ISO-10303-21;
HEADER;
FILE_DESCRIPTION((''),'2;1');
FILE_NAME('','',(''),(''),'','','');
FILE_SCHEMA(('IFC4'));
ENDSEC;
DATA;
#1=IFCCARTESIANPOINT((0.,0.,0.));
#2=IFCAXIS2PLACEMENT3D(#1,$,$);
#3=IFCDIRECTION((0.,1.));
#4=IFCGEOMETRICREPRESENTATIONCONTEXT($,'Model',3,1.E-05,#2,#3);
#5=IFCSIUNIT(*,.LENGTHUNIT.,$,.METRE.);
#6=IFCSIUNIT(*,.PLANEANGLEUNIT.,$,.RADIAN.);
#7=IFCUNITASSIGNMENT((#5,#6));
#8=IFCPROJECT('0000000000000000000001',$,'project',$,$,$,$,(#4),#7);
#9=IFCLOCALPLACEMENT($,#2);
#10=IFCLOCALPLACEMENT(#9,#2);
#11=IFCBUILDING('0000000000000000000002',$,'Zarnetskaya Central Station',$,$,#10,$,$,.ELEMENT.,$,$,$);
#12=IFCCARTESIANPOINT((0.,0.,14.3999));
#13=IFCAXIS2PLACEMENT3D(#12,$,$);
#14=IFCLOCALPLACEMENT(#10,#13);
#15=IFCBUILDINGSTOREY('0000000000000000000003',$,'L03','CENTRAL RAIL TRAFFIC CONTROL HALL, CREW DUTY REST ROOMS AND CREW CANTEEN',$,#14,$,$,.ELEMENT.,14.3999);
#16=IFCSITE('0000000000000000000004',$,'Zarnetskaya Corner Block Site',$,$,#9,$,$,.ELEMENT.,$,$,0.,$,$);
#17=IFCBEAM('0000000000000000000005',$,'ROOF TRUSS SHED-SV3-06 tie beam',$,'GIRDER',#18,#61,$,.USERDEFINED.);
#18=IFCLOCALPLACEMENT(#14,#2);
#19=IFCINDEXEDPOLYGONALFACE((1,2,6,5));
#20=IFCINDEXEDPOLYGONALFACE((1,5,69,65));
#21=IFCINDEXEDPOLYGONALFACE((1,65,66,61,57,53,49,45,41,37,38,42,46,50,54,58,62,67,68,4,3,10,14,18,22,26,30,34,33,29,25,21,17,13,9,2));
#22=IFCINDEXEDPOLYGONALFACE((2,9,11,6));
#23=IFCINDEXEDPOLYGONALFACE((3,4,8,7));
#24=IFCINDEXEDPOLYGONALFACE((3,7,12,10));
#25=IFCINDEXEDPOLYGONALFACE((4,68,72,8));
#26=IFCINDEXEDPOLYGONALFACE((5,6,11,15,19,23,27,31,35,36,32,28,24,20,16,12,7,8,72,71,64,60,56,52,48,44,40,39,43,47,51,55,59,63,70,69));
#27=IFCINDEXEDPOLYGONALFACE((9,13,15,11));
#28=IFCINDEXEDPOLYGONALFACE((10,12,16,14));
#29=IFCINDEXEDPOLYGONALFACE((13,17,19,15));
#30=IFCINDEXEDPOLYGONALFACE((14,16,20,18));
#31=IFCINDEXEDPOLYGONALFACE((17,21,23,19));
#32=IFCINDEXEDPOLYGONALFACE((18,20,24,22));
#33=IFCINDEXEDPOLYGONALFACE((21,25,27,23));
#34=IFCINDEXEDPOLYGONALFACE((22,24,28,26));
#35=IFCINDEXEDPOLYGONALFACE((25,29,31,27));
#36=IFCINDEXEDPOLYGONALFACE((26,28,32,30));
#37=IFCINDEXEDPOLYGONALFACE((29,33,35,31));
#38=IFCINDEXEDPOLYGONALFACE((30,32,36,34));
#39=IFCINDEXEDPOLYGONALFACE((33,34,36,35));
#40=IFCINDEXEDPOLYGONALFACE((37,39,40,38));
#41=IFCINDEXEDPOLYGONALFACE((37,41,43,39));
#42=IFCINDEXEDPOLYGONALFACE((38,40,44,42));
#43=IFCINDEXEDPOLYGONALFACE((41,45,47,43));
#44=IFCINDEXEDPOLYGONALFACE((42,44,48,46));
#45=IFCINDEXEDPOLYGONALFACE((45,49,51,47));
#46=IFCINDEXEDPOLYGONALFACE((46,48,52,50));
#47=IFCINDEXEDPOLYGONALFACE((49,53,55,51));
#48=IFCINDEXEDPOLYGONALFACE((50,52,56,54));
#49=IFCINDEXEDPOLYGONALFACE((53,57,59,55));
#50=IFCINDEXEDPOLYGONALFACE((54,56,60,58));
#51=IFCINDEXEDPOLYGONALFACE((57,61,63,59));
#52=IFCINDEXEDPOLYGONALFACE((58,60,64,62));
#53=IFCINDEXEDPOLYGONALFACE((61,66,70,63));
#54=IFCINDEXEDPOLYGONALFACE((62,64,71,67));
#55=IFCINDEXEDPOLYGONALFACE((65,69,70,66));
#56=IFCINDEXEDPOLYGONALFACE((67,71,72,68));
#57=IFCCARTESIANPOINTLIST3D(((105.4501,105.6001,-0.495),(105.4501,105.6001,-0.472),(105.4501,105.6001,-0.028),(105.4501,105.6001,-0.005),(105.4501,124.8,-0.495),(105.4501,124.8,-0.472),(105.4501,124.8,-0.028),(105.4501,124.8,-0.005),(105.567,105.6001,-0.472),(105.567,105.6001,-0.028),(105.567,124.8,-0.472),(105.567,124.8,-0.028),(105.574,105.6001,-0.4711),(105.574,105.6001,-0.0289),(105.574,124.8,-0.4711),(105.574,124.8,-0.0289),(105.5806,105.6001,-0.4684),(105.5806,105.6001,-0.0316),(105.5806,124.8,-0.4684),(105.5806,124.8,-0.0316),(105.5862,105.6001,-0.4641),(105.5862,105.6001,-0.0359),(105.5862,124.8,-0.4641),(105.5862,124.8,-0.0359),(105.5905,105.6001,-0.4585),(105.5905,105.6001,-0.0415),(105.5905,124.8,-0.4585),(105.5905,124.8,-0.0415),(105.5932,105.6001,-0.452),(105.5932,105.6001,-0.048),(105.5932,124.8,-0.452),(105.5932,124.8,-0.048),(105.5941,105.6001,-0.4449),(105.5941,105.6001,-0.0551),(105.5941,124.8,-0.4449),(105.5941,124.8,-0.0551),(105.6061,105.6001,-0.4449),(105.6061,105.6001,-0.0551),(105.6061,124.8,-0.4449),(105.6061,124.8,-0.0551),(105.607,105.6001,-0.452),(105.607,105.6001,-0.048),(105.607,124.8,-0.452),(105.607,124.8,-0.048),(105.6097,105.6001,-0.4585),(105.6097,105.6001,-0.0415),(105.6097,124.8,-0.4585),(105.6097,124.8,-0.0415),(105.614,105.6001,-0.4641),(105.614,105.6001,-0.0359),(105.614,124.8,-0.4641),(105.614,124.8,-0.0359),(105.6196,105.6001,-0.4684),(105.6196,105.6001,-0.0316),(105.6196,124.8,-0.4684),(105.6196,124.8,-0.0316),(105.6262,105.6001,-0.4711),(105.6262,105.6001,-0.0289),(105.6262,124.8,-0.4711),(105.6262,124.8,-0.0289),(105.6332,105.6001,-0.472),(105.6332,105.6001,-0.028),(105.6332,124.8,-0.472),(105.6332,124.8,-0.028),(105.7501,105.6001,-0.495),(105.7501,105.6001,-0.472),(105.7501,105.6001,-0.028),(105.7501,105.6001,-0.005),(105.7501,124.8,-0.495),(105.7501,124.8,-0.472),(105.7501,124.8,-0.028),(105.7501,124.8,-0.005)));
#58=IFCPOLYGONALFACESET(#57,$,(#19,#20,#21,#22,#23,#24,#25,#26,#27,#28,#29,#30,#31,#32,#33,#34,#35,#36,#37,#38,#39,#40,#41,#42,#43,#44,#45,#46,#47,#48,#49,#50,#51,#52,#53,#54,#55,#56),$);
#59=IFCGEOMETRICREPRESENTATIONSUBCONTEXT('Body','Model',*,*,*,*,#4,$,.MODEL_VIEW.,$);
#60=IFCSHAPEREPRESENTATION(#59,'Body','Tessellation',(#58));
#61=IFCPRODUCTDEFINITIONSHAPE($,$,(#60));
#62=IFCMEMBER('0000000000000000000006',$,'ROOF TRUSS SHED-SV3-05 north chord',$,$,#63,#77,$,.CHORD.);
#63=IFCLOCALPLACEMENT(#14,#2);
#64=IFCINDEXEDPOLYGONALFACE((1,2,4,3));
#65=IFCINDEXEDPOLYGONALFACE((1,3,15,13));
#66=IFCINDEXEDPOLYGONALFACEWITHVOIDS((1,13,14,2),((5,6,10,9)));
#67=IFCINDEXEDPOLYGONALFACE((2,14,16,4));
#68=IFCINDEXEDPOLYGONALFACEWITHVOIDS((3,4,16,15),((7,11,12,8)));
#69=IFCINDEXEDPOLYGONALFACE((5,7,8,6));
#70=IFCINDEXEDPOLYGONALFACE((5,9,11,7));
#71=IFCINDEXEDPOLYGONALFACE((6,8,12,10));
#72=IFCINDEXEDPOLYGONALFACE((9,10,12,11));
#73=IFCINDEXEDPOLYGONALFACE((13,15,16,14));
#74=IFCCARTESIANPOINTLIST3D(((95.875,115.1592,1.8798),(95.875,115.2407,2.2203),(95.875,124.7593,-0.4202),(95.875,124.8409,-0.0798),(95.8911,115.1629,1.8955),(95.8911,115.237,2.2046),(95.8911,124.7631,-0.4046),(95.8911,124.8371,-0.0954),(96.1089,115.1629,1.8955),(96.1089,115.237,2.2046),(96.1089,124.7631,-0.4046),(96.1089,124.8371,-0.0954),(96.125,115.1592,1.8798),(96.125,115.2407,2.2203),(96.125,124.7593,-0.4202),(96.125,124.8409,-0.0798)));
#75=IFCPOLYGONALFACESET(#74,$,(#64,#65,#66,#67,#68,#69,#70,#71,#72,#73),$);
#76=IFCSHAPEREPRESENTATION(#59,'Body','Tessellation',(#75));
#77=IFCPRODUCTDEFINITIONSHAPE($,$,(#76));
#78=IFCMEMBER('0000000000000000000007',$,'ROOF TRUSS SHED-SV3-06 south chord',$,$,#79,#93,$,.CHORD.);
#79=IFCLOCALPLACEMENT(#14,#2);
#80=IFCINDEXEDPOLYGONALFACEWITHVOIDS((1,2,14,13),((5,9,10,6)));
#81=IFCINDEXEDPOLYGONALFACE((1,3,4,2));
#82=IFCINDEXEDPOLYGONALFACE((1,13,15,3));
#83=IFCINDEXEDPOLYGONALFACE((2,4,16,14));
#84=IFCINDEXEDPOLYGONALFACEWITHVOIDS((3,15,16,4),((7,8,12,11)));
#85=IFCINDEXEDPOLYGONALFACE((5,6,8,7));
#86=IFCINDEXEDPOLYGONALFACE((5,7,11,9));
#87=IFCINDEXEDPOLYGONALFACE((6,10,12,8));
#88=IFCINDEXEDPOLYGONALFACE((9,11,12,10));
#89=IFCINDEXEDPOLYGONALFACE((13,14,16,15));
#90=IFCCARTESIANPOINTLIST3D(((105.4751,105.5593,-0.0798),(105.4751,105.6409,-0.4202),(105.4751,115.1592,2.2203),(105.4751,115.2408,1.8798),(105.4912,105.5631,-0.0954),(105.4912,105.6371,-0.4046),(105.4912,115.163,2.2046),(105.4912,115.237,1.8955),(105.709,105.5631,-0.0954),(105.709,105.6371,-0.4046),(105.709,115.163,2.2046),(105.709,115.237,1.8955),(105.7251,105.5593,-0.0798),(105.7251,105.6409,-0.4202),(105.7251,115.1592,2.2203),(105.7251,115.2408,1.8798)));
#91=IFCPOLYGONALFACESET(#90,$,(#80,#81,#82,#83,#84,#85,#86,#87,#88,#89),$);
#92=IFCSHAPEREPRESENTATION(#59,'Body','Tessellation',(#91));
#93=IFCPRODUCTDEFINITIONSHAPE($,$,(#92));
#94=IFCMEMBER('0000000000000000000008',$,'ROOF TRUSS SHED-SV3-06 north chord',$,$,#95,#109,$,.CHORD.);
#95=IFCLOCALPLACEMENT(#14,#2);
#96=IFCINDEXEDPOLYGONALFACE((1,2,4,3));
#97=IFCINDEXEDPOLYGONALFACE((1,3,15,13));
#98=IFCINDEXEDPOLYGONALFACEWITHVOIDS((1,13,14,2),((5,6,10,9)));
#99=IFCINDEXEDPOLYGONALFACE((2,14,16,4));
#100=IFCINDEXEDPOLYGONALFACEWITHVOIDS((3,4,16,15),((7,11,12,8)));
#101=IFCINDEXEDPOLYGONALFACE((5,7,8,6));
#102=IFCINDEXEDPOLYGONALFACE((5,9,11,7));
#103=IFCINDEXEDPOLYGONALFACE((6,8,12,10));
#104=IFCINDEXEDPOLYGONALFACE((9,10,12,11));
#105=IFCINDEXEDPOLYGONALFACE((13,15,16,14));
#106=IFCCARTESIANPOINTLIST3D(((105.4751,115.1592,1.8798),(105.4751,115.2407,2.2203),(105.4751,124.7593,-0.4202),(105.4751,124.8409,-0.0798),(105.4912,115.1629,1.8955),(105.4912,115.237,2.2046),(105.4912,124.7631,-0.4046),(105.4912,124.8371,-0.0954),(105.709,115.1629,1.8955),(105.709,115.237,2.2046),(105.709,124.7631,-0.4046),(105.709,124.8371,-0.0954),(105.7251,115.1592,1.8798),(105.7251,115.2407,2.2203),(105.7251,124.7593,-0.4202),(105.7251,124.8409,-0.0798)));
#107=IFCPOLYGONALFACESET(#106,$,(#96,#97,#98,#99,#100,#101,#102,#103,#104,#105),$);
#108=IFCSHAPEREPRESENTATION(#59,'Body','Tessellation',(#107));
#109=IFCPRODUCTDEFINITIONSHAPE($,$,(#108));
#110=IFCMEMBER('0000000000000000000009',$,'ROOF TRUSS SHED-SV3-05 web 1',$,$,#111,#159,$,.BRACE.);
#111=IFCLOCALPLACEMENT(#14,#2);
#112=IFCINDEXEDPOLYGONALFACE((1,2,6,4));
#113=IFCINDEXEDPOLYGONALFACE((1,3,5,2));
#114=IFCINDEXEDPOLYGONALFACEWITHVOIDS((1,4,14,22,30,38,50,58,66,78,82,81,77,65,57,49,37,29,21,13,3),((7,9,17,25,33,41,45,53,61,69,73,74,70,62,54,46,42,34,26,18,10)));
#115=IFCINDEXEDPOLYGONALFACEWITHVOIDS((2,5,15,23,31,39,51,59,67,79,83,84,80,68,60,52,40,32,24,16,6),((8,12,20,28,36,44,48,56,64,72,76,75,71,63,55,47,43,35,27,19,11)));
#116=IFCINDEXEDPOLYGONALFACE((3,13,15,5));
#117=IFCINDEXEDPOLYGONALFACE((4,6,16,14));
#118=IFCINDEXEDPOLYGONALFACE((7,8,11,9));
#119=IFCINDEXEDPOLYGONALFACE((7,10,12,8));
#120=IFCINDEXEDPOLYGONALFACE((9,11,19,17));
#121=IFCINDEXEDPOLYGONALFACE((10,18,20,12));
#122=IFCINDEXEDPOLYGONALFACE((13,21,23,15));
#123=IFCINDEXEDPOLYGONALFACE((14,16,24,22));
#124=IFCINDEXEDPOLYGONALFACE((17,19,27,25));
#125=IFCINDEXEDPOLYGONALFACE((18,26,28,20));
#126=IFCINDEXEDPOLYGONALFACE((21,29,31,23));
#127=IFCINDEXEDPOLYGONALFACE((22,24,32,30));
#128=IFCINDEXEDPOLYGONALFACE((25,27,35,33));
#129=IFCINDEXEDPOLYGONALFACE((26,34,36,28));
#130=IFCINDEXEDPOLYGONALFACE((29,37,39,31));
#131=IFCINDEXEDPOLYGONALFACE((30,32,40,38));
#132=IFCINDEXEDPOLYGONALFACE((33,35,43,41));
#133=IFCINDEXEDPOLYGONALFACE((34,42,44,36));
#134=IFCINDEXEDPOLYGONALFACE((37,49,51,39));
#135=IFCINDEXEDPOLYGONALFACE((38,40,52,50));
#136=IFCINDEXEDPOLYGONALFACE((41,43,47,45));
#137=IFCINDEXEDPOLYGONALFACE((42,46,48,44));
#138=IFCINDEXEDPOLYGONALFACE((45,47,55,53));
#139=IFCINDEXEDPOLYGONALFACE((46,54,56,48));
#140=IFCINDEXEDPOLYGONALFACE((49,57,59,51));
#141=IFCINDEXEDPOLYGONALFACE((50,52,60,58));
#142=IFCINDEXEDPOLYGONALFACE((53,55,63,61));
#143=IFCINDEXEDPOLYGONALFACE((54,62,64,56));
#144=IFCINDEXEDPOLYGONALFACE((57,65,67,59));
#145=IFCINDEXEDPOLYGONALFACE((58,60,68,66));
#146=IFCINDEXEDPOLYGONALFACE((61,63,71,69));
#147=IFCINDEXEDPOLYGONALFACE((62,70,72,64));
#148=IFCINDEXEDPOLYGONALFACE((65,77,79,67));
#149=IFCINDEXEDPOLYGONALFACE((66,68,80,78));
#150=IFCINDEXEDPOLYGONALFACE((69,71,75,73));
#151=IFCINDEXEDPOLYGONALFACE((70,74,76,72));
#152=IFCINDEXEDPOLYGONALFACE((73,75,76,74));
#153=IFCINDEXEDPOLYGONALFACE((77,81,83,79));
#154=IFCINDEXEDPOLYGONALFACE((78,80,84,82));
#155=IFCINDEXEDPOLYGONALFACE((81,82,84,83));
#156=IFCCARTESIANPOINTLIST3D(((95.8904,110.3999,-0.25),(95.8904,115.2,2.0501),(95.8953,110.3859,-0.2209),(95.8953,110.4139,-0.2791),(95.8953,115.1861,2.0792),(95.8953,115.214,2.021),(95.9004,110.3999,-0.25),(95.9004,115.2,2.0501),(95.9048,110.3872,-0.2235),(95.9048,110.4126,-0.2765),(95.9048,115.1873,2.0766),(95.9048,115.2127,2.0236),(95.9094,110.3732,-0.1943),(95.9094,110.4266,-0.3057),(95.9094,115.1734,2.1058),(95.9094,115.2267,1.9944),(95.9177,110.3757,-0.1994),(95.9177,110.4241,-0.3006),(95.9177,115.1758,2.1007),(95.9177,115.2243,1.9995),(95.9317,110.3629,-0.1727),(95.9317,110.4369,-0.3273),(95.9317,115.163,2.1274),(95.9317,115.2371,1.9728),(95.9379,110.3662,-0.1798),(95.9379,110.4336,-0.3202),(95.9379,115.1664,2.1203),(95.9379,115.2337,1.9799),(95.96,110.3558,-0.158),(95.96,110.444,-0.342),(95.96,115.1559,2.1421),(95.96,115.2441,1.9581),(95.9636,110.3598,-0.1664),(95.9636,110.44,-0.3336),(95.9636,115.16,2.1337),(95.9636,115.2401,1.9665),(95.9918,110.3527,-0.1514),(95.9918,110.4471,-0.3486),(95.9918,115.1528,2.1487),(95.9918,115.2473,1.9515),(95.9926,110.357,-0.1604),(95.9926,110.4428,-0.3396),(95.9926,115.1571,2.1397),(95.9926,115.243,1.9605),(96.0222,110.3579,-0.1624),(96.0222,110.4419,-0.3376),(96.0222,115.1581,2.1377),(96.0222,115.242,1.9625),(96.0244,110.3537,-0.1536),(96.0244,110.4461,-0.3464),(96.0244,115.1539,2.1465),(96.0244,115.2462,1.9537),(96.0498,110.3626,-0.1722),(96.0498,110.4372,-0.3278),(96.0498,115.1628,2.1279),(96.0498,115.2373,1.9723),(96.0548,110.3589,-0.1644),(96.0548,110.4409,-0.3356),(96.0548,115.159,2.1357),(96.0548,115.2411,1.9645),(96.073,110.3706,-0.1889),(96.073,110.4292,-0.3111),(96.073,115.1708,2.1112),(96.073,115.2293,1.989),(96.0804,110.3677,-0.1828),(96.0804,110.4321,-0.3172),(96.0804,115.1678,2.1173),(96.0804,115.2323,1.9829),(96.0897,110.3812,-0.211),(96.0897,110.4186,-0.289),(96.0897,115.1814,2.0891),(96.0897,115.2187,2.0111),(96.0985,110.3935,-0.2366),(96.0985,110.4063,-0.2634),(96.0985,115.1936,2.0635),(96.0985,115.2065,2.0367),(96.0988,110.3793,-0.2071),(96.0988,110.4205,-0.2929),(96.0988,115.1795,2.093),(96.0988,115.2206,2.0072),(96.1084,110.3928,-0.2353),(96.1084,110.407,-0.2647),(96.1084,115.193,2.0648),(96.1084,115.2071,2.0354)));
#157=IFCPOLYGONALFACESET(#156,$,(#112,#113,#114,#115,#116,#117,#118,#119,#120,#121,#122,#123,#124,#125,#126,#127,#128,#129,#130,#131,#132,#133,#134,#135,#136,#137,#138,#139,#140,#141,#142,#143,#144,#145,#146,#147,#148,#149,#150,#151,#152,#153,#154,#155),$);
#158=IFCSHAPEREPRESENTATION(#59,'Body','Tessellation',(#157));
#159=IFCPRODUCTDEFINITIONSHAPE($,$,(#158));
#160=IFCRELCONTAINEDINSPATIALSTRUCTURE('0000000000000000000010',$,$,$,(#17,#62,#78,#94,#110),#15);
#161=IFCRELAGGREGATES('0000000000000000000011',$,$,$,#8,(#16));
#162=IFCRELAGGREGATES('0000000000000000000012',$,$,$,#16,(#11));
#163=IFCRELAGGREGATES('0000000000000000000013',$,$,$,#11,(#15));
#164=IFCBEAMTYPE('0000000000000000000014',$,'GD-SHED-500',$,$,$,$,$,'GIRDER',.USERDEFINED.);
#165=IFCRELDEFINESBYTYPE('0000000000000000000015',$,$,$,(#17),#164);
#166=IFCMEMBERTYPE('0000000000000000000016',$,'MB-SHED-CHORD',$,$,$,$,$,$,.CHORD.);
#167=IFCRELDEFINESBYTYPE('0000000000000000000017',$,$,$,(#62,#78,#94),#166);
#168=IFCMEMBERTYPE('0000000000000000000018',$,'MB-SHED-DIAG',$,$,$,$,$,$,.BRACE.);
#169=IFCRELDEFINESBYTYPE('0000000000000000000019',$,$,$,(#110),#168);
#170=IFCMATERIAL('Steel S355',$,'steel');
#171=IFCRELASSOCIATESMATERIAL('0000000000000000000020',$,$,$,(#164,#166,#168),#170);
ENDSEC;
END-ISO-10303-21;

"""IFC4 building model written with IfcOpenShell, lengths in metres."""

from ifc_helpers import new_model, si_unit, direction, frame, origin, origin_2d, place, context, subcontext, project, spatial, hollow_rectangle, hollow_circle, i_section, extrude, material, material_profile, profile_set, type_object, element, save


model = new_model("IFC4")

# Units and contexts
model_context = context("Model", 3, precision=1e-05, world=origin(), true_north=direction((0.0, 1.0)))
body_context = subcontext(model_context, "Body", "Model", "MODEL_VIEW")
ifc_project = project(units=[si_unit("LENGTHUNIT", "METRE"), si_unit("PLANEANGLEUNIT", "RADIAN")], contexts=[model_context])

# Site, building, storey
site_placement = place(None, origin())
site = spatial("IfcSite", under=ifc_project, at=site_placement, Name="Zarnetskaya Corner Block Site", CompositionType="ELEMENT", RefElevation=0.0)
building_placement = place(site_placement, origin())
building = spatial("IfcBuilding", under=site, at=building_placement, Name="Zarnetskaya Central Station", CompositionType="ELEMENT")
storey_placement = place(building_placement, frame((0.0, 0.0, 14.3999)))
storey = spatial("IfcBuildingStorey", under=building, at=storey_placement, Name="L03", Description="CENTRAL RAIL TRAFFIC CONTROL HALL, CREW DUTY REST ROOMS AND CREW CANTEEN", CompositionType="ELEMENT", Elevation=14.3999)

# Beam
ifc_material_1 = material(Name="Steel S355", Category="steel")
ifc_material_profile_1 = material_profile(ifc_material_1, i_section(OverallWidth=0.3, OverallDepth=0.49, WebThickness=0.012, FlangeThickness=0.0229, FilletRadius=0.0271, at=origin_2d()), Name="HEA 500")
ifc_profile_set_1 = profile_set([ifc_material_profile_1], Name="Steel S355")
beam_type = type_object("IfcBeamType", Name="GD-SHED-500", ElementType="GIRDER", PredefinedType="USERDEFINED", material=ifc_profile_set_1)
beam_placement = place(storey_placement, frame((105.6001, 105.6001, -0.25), z_axis=(0.0, 1.0, 0.0), x_axis=(-1.0, 0.0, 0.0)))
element("IfcBeam", 1, at=beam_placement, inside=storey, type_object=beam_type, Name="ROOF TRUSS SHED-SV3-06 tie beam", ObjectType="GIRDER", PredefinedType="USERDEFINED", context=body_context, shape_type="SweptSolid", body=[
    extrude(i_section(OverallWidth=0.3, OverallDepth=0.49, WebThickness=0.012, FlangeThickness=0.0229, FilletRadius=0.0271, at=origin_2d()), origin(), (0.0, 0.0, 1.0), 19.2),
])

# Members
ifc_material_profile_2 = material_profile(ifc_material_1, hollow_rectangle(XDim=0.25, YDim=0.3501, WallThickness=0.0161, at=origin_2d()), Name="RHS 350x250x16")
ifc_profile_set_2 = profile_set([ifc_material_profile_2], Name="Steel S355")
member_type_1 = type_object("IfcMemberType", Name="MB-SHED-CHORD", PredefinedType="CHORD", material=ifc_profile_set_2)
member_1_placement = place(storey_placement, frame((96.0, 115.2, 2.05), z_axis=(0.0, 0.972479, -0.232992), x_axis=(-1.0, 0.0, 0.0)))
element("IfcMember", 2, at=member_1_placement, inside=storey, type_object=member_type_1, Name="ROOF TRUSS SHED-SV3-05 north chord", PredefinedType="CHORD", context=body_context, shape_type="SweptSolid", body=[
    extrude(hollow_rectangle(XDim=0.25, YDim=0.3501, WallThickness=0.0161, at=origin_2d()), origin(), (0.0, 0.0, 1.0), 9.8718),
])
member_2_placement = place(storey_placement, frame((105.6001, 105.6001, -0.25), z_axis=(0.0, 0.972477, 0.232998), x_axis=(-1.0, 0.0, 0.0)))
element("IfcMember", 3, at=member_2_placement, inside=storey, type_object=member_type_1, Name="ROOF TRUSS SHED-SV3-06 south chord", PredefinedType="CHORD", context=body_context, shape_type="SweptSolid", body=[
    extrude(hollow_rectangle(XDim=0.25, YDim=0.3501, WallThickness=0.0161, at=origin_2d()), origin(), (0.0, 0.0, 1.0), 9.8716),
])
member_3_placement = place(storey_placement, frame((105.6001, 115.2, 2.05), z_axis=(0.0, 0.972479, -0.232992), x_axis=(-1.0, 0.0, 0.0)))
element("IfcMember", 4, at=member_3_placement, inside=storey, type_object=member_type_1, Name="ROOF TRUSS SHED-SV3-06 north chord", PredefinedType="CHORD", context=body_context, shape_type="SweptSolid", body=[
    extrude(hollow_rectangle(XDim=0.25, YDim=0.3501, WallThickness=0.0161, at=origin_2d()), origin(), (0.0, 0.0, 1.0), 9.8718),
])
ifc_material_profile_3 = material_profile(ifc_material_1, hollow_circle(Radius=0.1096, WallThickness=0.01, at=origin_2d()), Name="CHS 219.1x10")
ifc_profile_set_3 = profile_set([ifc_material_profile_3], Name="Steel S355")
member_type_2 = type_object("IfcMemberType", Name="MB-SHED-DIAG", PredefinedType="BRACE", material=ifc_profile_set_3)
for number, where, z_axis, x_axis, name in (
    (5, (96.0, 110.3999, -0.25), (0.0, 0.901814, 0.432124), (-1.0, 0.0, 0.0), "ROOF TRUSS SHED-SV3-05 web 1"),
):
    element("IfcMember", number, at=place(storey_placement, frame(where, z_axis=z_axis, x_axis=x_axis)), inside=storey, type_object=member_type_2, Name=name, PredefinedType="BRACE", context=body_context, shape_type="SweptSolid", body=[
        extrude(hollow_circle(Radius=0.1096, WallThickness=0.01, at=origin_2d()), origin(), (0.0, 0.0, 1.0), 5.3228),
    ])

save(model, "model.ifc")
